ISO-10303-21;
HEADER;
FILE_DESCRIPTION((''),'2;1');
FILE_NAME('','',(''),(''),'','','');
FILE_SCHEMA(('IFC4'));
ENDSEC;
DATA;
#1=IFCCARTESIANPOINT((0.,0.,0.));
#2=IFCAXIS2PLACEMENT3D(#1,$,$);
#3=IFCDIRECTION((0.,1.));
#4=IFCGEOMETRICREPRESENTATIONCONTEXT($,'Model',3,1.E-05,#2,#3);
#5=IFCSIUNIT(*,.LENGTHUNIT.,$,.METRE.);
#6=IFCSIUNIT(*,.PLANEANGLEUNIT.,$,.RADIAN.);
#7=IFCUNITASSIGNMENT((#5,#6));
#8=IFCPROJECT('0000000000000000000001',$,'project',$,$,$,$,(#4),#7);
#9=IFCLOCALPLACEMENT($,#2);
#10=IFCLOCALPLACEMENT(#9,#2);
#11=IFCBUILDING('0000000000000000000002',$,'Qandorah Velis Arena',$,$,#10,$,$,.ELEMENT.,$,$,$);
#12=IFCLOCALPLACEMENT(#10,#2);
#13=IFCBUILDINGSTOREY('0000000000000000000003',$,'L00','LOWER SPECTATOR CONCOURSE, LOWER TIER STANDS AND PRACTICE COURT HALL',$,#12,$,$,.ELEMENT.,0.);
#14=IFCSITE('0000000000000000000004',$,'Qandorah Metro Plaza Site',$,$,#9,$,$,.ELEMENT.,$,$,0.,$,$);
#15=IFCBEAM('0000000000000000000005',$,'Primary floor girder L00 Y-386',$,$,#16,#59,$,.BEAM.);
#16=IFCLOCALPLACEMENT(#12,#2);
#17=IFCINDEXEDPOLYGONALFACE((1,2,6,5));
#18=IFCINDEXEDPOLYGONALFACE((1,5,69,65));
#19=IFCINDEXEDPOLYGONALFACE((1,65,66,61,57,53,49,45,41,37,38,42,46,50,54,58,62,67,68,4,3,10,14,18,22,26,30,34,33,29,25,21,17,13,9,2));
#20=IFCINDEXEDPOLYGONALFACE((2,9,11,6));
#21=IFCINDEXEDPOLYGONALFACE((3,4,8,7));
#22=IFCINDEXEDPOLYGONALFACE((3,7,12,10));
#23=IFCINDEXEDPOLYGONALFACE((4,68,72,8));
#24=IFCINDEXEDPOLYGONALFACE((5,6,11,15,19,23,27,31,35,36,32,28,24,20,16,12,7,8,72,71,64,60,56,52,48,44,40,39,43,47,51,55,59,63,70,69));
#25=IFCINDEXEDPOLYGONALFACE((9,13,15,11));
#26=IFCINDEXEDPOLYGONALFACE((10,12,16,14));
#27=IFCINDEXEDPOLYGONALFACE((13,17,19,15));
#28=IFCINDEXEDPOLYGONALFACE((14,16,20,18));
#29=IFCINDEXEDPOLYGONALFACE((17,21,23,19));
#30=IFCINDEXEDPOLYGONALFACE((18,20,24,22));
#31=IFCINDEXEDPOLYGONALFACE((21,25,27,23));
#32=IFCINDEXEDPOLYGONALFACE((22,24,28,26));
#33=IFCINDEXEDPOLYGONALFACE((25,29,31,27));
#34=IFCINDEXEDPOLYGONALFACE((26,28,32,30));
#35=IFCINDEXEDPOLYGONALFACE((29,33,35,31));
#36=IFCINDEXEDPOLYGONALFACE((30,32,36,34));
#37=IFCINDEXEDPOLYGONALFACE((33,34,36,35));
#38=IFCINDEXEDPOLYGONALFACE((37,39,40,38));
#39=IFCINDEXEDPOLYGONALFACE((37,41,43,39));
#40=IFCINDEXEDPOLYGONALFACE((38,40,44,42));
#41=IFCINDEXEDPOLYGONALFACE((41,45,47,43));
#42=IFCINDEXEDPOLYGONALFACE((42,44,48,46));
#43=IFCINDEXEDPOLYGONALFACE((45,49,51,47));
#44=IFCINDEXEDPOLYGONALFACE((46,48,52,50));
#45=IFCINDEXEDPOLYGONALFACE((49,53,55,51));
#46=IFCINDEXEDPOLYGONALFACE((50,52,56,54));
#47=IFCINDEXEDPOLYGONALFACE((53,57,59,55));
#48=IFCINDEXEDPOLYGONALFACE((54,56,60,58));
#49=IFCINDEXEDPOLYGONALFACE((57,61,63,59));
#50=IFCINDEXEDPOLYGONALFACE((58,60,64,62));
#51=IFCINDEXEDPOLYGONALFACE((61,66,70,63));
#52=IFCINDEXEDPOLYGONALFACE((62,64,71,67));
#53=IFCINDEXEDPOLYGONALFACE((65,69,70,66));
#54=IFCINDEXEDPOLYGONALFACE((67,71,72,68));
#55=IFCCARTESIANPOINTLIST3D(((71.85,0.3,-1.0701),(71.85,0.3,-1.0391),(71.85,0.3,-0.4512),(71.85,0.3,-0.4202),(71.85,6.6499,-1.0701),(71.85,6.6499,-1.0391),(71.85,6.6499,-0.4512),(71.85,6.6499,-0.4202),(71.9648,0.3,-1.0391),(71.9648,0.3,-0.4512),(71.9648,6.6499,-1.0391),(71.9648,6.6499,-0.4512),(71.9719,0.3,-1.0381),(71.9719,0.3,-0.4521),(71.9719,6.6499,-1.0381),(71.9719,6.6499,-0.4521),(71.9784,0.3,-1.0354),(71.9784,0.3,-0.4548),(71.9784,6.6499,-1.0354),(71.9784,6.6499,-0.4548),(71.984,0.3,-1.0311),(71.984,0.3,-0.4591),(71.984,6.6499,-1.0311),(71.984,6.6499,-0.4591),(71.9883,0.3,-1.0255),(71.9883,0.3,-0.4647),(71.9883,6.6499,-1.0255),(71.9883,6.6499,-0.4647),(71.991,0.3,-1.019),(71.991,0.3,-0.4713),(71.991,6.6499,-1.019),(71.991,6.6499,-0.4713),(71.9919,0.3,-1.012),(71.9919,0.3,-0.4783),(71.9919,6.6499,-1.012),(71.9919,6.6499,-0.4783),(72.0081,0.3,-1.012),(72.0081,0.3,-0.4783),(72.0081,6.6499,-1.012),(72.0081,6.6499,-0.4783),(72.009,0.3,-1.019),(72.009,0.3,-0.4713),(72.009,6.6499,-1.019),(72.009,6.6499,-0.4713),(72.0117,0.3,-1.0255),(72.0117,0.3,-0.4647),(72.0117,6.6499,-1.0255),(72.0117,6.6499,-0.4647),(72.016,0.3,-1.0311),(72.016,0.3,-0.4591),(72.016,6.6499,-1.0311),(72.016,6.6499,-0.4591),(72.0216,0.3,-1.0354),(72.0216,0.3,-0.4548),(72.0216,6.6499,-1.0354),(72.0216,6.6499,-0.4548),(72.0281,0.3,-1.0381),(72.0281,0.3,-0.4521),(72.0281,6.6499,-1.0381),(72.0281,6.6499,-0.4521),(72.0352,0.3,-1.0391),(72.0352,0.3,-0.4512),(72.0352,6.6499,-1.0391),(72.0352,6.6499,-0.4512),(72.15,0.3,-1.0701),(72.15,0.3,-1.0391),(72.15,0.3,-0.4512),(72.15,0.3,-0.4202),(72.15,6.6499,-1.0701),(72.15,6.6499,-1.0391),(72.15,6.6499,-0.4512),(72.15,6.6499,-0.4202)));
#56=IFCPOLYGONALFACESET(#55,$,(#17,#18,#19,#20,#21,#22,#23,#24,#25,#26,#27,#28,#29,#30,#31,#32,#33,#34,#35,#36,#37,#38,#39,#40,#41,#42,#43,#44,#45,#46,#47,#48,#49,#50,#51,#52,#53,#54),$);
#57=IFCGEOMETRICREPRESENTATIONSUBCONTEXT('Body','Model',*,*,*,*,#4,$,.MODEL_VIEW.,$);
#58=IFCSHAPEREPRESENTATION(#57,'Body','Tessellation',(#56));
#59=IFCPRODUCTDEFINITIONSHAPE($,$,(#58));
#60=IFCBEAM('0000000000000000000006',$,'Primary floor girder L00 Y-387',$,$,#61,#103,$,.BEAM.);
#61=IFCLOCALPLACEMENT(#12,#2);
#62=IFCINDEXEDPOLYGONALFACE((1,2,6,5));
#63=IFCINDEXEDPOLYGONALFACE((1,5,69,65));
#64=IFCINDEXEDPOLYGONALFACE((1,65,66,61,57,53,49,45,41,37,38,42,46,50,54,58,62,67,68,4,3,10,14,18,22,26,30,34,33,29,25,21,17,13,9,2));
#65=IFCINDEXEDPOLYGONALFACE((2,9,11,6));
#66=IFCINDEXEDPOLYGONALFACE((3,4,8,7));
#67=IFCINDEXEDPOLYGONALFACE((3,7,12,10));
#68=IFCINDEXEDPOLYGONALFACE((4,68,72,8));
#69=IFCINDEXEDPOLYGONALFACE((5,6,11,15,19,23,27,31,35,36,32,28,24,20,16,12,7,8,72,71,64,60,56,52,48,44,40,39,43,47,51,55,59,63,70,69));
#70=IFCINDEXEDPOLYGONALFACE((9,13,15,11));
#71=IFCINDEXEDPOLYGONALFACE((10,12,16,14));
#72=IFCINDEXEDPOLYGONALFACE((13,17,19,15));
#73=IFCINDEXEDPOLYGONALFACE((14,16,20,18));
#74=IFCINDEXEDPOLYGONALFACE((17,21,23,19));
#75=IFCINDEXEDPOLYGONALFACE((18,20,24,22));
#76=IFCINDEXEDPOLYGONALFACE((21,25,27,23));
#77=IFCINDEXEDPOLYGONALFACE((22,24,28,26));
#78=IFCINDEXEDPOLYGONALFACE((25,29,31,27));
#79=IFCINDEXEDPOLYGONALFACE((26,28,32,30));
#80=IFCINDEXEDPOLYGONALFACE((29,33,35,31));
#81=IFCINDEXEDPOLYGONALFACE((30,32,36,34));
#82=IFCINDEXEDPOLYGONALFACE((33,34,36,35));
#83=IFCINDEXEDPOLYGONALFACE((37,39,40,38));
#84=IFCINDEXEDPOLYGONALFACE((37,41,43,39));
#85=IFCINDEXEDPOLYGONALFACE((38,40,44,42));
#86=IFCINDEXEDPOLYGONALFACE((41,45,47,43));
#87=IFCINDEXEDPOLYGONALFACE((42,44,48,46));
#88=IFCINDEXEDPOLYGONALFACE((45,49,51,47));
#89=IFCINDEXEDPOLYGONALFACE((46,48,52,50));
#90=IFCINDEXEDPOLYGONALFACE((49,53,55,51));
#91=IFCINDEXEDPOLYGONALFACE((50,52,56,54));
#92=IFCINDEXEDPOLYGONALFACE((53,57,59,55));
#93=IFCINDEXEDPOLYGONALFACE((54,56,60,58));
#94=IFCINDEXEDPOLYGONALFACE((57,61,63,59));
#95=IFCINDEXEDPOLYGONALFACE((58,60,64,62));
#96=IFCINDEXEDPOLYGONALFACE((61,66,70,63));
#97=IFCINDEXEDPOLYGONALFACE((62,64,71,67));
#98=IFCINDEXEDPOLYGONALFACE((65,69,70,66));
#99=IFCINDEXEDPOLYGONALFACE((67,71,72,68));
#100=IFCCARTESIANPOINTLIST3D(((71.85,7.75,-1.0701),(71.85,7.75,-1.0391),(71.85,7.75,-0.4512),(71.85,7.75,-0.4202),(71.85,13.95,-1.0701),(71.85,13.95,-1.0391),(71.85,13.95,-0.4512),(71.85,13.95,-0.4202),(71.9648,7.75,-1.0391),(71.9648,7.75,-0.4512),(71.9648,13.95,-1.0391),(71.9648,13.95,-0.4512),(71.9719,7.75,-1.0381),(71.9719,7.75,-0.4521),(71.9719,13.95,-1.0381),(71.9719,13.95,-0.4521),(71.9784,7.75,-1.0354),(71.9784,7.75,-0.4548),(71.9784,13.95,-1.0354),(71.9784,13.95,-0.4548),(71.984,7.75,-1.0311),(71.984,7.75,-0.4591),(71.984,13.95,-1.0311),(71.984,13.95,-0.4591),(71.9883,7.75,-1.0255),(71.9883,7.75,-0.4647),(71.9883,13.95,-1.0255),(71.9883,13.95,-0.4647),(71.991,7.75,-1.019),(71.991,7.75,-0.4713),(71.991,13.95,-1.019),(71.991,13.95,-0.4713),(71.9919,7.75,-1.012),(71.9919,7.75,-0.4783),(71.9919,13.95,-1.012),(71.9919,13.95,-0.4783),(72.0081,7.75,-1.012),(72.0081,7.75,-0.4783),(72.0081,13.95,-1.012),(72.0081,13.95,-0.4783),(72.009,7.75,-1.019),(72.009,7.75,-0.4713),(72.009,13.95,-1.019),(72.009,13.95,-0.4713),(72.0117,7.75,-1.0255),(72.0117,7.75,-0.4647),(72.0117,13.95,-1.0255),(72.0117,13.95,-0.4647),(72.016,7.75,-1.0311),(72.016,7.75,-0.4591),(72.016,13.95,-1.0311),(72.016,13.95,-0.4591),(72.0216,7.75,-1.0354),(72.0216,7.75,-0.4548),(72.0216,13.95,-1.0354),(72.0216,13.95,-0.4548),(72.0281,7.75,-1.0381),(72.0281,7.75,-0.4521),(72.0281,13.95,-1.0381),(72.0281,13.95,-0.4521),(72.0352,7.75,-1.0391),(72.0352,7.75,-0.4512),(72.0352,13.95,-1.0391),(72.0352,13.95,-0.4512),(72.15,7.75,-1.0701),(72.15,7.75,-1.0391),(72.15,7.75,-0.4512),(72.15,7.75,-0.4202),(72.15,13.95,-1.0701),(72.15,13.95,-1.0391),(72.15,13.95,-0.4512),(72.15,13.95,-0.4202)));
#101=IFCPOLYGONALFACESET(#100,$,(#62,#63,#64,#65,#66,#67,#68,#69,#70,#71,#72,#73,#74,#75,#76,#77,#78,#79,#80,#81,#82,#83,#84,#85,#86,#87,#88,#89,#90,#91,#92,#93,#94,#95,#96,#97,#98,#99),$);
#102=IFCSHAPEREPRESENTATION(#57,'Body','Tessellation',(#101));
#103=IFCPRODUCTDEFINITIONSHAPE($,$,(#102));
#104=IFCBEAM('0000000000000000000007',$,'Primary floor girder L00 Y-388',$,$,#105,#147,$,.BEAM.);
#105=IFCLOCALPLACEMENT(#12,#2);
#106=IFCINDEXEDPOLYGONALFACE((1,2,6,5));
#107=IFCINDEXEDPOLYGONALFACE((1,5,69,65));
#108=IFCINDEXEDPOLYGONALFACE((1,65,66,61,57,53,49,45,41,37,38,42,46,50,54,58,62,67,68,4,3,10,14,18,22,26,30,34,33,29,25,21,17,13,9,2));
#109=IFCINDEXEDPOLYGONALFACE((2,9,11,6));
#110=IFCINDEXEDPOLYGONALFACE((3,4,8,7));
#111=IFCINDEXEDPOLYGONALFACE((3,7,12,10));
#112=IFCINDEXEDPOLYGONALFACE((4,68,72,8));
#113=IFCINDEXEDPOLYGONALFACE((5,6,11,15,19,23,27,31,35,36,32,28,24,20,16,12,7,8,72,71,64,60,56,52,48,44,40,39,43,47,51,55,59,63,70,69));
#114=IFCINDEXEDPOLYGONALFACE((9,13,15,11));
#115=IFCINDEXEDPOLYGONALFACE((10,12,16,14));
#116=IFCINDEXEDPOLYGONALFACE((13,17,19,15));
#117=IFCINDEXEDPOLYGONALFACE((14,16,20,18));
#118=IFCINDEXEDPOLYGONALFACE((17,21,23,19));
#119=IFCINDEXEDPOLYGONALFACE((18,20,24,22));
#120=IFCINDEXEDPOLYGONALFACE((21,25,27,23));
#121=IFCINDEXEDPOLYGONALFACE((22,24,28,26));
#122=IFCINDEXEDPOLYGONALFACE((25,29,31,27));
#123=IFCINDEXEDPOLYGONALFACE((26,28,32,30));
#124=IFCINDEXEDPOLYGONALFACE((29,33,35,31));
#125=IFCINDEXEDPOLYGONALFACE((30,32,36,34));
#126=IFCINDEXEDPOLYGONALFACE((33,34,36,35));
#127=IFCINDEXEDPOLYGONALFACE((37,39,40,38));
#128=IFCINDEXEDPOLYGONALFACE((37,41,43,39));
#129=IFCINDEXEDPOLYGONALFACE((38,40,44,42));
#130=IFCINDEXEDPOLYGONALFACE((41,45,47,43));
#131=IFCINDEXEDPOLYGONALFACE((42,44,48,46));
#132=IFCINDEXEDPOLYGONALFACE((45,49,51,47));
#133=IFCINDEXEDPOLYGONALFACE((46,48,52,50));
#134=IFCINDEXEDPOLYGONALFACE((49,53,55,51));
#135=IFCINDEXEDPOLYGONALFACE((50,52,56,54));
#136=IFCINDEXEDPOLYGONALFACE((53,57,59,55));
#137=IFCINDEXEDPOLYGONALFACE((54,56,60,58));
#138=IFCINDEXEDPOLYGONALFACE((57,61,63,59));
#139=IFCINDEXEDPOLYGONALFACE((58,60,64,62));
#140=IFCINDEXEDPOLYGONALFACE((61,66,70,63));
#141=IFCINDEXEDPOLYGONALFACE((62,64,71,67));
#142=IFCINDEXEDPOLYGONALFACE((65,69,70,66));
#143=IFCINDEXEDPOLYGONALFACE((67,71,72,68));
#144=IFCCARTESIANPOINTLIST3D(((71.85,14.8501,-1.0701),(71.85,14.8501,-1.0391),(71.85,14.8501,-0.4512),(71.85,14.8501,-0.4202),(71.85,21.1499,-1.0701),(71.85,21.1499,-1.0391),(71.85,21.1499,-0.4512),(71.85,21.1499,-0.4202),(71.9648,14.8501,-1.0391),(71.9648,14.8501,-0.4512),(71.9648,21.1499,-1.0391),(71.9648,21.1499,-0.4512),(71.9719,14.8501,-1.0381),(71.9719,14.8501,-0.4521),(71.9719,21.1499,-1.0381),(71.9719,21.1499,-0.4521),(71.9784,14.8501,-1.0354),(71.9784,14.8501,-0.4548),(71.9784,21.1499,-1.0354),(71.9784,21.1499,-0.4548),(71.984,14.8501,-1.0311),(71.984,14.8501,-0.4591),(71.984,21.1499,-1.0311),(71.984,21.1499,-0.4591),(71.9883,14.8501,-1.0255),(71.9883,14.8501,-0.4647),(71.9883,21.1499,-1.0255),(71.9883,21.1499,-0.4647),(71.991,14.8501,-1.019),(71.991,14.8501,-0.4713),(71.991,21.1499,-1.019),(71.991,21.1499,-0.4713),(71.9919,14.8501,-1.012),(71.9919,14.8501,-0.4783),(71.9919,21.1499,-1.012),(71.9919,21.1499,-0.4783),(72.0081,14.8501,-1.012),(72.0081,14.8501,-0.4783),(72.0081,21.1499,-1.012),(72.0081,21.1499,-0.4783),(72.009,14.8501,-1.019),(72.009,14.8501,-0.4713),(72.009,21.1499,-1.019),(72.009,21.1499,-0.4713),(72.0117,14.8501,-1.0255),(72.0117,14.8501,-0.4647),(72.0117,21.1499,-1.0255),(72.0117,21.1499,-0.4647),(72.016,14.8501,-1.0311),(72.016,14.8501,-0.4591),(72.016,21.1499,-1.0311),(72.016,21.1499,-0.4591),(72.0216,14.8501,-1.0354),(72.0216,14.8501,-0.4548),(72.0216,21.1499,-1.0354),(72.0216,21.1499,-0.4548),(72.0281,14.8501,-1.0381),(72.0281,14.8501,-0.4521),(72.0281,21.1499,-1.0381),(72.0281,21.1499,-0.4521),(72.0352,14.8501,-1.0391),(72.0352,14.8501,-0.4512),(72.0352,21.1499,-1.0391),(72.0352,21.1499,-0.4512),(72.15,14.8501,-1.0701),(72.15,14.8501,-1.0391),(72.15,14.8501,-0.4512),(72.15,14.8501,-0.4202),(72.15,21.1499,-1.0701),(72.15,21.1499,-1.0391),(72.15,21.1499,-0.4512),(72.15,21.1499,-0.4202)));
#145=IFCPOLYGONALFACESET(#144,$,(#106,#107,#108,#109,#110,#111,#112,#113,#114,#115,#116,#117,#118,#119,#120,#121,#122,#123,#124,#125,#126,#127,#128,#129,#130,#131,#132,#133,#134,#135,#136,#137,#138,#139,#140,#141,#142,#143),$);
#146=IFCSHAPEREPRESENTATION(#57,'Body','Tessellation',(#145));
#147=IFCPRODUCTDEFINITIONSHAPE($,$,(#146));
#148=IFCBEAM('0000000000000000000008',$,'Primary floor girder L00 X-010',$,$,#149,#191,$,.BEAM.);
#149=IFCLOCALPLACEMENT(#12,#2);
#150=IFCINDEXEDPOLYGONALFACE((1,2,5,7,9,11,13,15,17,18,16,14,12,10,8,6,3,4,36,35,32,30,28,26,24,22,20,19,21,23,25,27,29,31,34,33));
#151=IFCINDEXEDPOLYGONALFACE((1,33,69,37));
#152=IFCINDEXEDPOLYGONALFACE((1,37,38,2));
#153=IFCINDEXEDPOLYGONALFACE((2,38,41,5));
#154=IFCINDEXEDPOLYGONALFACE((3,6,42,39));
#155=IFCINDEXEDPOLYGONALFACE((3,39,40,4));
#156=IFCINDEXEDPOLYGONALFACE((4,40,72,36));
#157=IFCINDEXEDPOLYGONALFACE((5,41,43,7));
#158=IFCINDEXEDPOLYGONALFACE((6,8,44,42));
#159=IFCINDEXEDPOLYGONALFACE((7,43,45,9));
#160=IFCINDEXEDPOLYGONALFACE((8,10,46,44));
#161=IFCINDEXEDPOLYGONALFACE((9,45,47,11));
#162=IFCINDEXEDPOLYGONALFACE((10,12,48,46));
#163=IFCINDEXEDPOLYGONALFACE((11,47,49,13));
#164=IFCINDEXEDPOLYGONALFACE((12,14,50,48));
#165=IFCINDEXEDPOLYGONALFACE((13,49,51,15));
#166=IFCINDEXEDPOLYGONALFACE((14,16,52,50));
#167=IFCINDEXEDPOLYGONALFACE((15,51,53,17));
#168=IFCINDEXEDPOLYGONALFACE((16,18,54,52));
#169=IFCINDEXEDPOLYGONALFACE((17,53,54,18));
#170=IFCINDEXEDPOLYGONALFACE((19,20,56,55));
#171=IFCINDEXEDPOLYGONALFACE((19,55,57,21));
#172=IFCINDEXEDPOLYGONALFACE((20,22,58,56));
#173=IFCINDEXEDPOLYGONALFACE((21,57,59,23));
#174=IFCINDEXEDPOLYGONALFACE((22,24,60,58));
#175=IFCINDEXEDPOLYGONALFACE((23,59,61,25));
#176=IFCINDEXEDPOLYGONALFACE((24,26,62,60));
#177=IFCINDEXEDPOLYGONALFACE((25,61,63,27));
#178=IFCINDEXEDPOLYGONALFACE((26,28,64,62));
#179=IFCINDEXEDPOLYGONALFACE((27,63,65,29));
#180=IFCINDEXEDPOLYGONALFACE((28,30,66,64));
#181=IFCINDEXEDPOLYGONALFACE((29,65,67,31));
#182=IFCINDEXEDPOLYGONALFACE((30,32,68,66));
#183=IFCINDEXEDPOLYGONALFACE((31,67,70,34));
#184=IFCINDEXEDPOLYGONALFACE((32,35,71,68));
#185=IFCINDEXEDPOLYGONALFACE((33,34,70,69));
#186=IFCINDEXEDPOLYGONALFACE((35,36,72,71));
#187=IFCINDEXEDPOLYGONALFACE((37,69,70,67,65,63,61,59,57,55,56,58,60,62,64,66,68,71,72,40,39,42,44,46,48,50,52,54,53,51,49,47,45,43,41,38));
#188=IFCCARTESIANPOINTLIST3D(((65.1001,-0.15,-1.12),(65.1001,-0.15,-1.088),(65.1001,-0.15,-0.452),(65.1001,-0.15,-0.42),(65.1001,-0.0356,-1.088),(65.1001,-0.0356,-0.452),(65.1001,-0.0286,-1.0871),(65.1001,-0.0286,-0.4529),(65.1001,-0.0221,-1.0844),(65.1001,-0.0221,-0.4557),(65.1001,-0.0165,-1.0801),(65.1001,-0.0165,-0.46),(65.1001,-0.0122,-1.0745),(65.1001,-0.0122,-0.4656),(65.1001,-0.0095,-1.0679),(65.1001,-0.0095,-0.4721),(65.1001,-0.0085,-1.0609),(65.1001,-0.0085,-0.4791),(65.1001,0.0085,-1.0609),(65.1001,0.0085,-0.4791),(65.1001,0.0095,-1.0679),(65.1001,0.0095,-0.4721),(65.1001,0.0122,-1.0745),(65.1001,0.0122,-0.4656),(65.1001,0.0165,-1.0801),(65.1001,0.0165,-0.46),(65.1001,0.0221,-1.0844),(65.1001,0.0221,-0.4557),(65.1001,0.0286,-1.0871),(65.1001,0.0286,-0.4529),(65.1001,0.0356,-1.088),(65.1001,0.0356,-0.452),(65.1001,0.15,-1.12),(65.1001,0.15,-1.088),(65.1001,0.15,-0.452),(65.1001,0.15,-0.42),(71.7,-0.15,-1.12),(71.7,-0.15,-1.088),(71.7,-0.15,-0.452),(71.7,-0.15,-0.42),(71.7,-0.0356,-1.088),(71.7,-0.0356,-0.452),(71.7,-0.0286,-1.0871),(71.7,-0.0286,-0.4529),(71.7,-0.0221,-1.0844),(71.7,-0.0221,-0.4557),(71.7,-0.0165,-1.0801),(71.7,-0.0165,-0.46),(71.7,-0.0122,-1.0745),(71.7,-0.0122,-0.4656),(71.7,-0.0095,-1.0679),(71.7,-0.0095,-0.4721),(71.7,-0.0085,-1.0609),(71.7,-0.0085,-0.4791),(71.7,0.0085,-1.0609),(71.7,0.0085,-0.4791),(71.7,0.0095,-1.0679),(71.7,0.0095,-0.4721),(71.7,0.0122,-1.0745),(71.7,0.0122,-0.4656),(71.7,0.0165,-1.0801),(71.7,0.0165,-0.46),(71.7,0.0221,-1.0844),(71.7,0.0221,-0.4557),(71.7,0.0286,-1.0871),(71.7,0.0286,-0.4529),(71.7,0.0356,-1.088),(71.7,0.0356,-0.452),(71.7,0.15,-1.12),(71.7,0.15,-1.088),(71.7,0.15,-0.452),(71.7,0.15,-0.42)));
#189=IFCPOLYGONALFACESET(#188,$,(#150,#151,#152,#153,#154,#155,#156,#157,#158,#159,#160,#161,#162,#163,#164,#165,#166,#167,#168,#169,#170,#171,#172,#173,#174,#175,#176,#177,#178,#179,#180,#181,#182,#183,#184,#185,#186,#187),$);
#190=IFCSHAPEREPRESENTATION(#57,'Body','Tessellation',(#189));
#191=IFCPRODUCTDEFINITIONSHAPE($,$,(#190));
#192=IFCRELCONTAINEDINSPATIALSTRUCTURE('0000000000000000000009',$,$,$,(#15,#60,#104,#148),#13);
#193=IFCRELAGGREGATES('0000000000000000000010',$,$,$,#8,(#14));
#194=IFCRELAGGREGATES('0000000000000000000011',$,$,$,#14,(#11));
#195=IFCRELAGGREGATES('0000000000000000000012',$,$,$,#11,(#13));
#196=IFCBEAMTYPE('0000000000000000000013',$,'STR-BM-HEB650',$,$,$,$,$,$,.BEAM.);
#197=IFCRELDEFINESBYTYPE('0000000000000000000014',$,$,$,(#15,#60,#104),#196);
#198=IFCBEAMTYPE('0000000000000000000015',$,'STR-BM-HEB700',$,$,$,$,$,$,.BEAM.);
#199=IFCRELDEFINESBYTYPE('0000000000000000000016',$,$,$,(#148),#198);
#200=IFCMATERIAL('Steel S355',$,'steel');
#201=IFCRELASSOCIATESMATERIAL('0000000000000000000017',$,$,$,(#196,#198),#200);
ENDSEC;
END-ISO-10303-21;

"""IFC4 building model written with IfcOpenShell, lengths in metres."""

from ifc_helpers import new_model, si_unit, direction, frame, origin, origin_2d, place, context, subcontext, project, spatial, i_section, extrude, material, material_profile, profile_set, type_object, element, save


model = new_model("IFC4")

# Units and contexts
model_context = context("Model", 3, precision=1e-05, world=origin(), true_north=direction((0.0, 1.0)))
body_context = subcontext(model_context, "Body", "Model", "MODEL_VIEW")
ifc_project = project(units=[si_unit("LENGTHUNIT", "METRE"), si_unit("PLANEANGLEUNIT", "RADIAN")], contexts=[model_context])

# Site, building, storey
site_placement = place(None, origin())
site = spatial("IfcSite", under=ifc_project, at=site_placement, Name="Qandorah Metro Plaza Site", CompositionType="ELEMENT", RefElevation=0.0)
building_placement = place(site_placement, origin())
building = spatial("IfcBuilding", under=site, at=building_placement, Name="Qandorah Velis Arena", CompositionType="ELEMENT")
storey_placement = place(building_placement, origin())
storey = spatial("IfcBuildingStorey", under=building, at=storey_placement, Name="L00", Description="LOWER SPECTATOR CONCOURSE, LOWER TIER STANDS AND PRACTICE COURT HALL", CompositionType="ELEMENT", Elevation=0.0)

# Beams
ifc_material_1 = material(Name="Steel S355", Category="steel")
ifc_material_profile_1 = material_profile(ifc_material_1, i_section(OverallWidth=0.3, OverallDepth=0.6499, WebThickness=0.0161, FlangeThickness=0.031, FilletRadius=0.0271, at=origin_2d()), Name="HEB 650")
ifc_profile_set_1 = profile_set([ifc_material_profile_1], Name="Steel S355")
beam_type_1 = type_object("IfcBeamType", Name="STR-BM-HEB650", PredefinedType="BEAM", material=ifc_profile_set_1)
beam_1_placement = place(storey_placement, frame((72.0, 0.3, -0.7451), z_axis=(0.0, 1.0, 0.0), x_axis=(-1.0, 0.0, 0.0)))
element("IfcBeam", 1, at=beam_1_placement, inside=storey, type_object=beam_type_1, Name="Primary floor girder L00 Y-386", PredefinedType="BEAM", context=body_context, shape_type="SweptSolid", body=[
    extrude(i_section(OverallWidth=0.3, OverallDepth=0.6499, WebThickness=0.0161, FlangeThickness=0.031, FilletRadius=0.0271, at=origin_2d()), origin(), (0.0, 0.0, 1.0), 6.3499),
])
beam_2_placement = place(storey_placement, frame((72.0, 7.75, -0.7451), z_axis=(0.0, 1.0, 0.0), x_axis=(-1.0, 0.0, 0.0)))
element("IfcBeam", 2, at=beam_2_placement, inside=storey, type_object=beam_type_1, Name="Primary floor girder L00 Y-387", PredefinedType="BEAM", context=body_context, shape_type="SweptSolid", body=[
    extrude(i_section(OverallWidth=0.3, OverallDepth=0.6499, WebThickness=0.0161, FlangeThickness=0.031, FilletRadius=0.0271, at=origin_2d()), origin(), (0.0, 0.0, 1.0), 6.2),
])
beam_3_placement = place(storey_placement, frame((72.0, 14.8501, -0.7451), z_axis=(0.0, 1.0, 0.0), x_axis=(-1.0, 0.0, 0.0)))
element("IfcBeam", 3, at=beam_3_placement, inside=storey, type_object=beam_type_1, Name="Primary floor girder L00 Y-388", PredefinedType="BEAM", context=body_context, shape_type="SweptSolid", body=[
    extrude(i_section(OverallWidth=0.3, OverallDepth=0.6499, WebThickness=0.0161, FlangeThickness=0.031, FilletRadius=0.0271, at=origin_2d()), origin(), (0.0, 0.0, 1.0), 6.2998),
])
ifc_material_profile_2 = material_profile(ifc_material_1, i_section(OverallWidth=0.3, OverallDepth=0.7, WebThickness=0.0171, FlangeThickness=0.032, FilletRadius=0.0271, at=origin_2d()), Name="HEB 700")
ifc_profile_set_2 = profile_set([ifc_material_profile_2], Name="Steel S355")
beam_type_2 = type_object("IfcBeamType", Name="STR-BM-HEB700", PredefinedType="BEAM", material=ifc_profile_set_2)
for number, where, z_axis, x_axis, name in (
    (4, (65.1001, 0.0, -0.77), (1.0, 0.0, 0.0), (0.0, 1.0, 0.0), "Primary floor girder L00 X-010"),
):
    element("IfcBeam", number, at=place(storey_placement, frame(where, z_axis=z_axis, x_axis=x_axis)), inside=storey, type_object=beam_type_2, Name=name, PredefinedType="BEAM", context=body_context, shape_type="SweptSolid", body=[
        extrude(i_section(OverallWidth=0.3, OverallDepth=0.7, WebThickness=0.0171, FlangeThickness=0.032, FilletRadius=0.0271, at=origin_2d()), origin(), (0.0, 0.0, 1.0), 6.5999),
    ])

save(model, "model.ifc")
